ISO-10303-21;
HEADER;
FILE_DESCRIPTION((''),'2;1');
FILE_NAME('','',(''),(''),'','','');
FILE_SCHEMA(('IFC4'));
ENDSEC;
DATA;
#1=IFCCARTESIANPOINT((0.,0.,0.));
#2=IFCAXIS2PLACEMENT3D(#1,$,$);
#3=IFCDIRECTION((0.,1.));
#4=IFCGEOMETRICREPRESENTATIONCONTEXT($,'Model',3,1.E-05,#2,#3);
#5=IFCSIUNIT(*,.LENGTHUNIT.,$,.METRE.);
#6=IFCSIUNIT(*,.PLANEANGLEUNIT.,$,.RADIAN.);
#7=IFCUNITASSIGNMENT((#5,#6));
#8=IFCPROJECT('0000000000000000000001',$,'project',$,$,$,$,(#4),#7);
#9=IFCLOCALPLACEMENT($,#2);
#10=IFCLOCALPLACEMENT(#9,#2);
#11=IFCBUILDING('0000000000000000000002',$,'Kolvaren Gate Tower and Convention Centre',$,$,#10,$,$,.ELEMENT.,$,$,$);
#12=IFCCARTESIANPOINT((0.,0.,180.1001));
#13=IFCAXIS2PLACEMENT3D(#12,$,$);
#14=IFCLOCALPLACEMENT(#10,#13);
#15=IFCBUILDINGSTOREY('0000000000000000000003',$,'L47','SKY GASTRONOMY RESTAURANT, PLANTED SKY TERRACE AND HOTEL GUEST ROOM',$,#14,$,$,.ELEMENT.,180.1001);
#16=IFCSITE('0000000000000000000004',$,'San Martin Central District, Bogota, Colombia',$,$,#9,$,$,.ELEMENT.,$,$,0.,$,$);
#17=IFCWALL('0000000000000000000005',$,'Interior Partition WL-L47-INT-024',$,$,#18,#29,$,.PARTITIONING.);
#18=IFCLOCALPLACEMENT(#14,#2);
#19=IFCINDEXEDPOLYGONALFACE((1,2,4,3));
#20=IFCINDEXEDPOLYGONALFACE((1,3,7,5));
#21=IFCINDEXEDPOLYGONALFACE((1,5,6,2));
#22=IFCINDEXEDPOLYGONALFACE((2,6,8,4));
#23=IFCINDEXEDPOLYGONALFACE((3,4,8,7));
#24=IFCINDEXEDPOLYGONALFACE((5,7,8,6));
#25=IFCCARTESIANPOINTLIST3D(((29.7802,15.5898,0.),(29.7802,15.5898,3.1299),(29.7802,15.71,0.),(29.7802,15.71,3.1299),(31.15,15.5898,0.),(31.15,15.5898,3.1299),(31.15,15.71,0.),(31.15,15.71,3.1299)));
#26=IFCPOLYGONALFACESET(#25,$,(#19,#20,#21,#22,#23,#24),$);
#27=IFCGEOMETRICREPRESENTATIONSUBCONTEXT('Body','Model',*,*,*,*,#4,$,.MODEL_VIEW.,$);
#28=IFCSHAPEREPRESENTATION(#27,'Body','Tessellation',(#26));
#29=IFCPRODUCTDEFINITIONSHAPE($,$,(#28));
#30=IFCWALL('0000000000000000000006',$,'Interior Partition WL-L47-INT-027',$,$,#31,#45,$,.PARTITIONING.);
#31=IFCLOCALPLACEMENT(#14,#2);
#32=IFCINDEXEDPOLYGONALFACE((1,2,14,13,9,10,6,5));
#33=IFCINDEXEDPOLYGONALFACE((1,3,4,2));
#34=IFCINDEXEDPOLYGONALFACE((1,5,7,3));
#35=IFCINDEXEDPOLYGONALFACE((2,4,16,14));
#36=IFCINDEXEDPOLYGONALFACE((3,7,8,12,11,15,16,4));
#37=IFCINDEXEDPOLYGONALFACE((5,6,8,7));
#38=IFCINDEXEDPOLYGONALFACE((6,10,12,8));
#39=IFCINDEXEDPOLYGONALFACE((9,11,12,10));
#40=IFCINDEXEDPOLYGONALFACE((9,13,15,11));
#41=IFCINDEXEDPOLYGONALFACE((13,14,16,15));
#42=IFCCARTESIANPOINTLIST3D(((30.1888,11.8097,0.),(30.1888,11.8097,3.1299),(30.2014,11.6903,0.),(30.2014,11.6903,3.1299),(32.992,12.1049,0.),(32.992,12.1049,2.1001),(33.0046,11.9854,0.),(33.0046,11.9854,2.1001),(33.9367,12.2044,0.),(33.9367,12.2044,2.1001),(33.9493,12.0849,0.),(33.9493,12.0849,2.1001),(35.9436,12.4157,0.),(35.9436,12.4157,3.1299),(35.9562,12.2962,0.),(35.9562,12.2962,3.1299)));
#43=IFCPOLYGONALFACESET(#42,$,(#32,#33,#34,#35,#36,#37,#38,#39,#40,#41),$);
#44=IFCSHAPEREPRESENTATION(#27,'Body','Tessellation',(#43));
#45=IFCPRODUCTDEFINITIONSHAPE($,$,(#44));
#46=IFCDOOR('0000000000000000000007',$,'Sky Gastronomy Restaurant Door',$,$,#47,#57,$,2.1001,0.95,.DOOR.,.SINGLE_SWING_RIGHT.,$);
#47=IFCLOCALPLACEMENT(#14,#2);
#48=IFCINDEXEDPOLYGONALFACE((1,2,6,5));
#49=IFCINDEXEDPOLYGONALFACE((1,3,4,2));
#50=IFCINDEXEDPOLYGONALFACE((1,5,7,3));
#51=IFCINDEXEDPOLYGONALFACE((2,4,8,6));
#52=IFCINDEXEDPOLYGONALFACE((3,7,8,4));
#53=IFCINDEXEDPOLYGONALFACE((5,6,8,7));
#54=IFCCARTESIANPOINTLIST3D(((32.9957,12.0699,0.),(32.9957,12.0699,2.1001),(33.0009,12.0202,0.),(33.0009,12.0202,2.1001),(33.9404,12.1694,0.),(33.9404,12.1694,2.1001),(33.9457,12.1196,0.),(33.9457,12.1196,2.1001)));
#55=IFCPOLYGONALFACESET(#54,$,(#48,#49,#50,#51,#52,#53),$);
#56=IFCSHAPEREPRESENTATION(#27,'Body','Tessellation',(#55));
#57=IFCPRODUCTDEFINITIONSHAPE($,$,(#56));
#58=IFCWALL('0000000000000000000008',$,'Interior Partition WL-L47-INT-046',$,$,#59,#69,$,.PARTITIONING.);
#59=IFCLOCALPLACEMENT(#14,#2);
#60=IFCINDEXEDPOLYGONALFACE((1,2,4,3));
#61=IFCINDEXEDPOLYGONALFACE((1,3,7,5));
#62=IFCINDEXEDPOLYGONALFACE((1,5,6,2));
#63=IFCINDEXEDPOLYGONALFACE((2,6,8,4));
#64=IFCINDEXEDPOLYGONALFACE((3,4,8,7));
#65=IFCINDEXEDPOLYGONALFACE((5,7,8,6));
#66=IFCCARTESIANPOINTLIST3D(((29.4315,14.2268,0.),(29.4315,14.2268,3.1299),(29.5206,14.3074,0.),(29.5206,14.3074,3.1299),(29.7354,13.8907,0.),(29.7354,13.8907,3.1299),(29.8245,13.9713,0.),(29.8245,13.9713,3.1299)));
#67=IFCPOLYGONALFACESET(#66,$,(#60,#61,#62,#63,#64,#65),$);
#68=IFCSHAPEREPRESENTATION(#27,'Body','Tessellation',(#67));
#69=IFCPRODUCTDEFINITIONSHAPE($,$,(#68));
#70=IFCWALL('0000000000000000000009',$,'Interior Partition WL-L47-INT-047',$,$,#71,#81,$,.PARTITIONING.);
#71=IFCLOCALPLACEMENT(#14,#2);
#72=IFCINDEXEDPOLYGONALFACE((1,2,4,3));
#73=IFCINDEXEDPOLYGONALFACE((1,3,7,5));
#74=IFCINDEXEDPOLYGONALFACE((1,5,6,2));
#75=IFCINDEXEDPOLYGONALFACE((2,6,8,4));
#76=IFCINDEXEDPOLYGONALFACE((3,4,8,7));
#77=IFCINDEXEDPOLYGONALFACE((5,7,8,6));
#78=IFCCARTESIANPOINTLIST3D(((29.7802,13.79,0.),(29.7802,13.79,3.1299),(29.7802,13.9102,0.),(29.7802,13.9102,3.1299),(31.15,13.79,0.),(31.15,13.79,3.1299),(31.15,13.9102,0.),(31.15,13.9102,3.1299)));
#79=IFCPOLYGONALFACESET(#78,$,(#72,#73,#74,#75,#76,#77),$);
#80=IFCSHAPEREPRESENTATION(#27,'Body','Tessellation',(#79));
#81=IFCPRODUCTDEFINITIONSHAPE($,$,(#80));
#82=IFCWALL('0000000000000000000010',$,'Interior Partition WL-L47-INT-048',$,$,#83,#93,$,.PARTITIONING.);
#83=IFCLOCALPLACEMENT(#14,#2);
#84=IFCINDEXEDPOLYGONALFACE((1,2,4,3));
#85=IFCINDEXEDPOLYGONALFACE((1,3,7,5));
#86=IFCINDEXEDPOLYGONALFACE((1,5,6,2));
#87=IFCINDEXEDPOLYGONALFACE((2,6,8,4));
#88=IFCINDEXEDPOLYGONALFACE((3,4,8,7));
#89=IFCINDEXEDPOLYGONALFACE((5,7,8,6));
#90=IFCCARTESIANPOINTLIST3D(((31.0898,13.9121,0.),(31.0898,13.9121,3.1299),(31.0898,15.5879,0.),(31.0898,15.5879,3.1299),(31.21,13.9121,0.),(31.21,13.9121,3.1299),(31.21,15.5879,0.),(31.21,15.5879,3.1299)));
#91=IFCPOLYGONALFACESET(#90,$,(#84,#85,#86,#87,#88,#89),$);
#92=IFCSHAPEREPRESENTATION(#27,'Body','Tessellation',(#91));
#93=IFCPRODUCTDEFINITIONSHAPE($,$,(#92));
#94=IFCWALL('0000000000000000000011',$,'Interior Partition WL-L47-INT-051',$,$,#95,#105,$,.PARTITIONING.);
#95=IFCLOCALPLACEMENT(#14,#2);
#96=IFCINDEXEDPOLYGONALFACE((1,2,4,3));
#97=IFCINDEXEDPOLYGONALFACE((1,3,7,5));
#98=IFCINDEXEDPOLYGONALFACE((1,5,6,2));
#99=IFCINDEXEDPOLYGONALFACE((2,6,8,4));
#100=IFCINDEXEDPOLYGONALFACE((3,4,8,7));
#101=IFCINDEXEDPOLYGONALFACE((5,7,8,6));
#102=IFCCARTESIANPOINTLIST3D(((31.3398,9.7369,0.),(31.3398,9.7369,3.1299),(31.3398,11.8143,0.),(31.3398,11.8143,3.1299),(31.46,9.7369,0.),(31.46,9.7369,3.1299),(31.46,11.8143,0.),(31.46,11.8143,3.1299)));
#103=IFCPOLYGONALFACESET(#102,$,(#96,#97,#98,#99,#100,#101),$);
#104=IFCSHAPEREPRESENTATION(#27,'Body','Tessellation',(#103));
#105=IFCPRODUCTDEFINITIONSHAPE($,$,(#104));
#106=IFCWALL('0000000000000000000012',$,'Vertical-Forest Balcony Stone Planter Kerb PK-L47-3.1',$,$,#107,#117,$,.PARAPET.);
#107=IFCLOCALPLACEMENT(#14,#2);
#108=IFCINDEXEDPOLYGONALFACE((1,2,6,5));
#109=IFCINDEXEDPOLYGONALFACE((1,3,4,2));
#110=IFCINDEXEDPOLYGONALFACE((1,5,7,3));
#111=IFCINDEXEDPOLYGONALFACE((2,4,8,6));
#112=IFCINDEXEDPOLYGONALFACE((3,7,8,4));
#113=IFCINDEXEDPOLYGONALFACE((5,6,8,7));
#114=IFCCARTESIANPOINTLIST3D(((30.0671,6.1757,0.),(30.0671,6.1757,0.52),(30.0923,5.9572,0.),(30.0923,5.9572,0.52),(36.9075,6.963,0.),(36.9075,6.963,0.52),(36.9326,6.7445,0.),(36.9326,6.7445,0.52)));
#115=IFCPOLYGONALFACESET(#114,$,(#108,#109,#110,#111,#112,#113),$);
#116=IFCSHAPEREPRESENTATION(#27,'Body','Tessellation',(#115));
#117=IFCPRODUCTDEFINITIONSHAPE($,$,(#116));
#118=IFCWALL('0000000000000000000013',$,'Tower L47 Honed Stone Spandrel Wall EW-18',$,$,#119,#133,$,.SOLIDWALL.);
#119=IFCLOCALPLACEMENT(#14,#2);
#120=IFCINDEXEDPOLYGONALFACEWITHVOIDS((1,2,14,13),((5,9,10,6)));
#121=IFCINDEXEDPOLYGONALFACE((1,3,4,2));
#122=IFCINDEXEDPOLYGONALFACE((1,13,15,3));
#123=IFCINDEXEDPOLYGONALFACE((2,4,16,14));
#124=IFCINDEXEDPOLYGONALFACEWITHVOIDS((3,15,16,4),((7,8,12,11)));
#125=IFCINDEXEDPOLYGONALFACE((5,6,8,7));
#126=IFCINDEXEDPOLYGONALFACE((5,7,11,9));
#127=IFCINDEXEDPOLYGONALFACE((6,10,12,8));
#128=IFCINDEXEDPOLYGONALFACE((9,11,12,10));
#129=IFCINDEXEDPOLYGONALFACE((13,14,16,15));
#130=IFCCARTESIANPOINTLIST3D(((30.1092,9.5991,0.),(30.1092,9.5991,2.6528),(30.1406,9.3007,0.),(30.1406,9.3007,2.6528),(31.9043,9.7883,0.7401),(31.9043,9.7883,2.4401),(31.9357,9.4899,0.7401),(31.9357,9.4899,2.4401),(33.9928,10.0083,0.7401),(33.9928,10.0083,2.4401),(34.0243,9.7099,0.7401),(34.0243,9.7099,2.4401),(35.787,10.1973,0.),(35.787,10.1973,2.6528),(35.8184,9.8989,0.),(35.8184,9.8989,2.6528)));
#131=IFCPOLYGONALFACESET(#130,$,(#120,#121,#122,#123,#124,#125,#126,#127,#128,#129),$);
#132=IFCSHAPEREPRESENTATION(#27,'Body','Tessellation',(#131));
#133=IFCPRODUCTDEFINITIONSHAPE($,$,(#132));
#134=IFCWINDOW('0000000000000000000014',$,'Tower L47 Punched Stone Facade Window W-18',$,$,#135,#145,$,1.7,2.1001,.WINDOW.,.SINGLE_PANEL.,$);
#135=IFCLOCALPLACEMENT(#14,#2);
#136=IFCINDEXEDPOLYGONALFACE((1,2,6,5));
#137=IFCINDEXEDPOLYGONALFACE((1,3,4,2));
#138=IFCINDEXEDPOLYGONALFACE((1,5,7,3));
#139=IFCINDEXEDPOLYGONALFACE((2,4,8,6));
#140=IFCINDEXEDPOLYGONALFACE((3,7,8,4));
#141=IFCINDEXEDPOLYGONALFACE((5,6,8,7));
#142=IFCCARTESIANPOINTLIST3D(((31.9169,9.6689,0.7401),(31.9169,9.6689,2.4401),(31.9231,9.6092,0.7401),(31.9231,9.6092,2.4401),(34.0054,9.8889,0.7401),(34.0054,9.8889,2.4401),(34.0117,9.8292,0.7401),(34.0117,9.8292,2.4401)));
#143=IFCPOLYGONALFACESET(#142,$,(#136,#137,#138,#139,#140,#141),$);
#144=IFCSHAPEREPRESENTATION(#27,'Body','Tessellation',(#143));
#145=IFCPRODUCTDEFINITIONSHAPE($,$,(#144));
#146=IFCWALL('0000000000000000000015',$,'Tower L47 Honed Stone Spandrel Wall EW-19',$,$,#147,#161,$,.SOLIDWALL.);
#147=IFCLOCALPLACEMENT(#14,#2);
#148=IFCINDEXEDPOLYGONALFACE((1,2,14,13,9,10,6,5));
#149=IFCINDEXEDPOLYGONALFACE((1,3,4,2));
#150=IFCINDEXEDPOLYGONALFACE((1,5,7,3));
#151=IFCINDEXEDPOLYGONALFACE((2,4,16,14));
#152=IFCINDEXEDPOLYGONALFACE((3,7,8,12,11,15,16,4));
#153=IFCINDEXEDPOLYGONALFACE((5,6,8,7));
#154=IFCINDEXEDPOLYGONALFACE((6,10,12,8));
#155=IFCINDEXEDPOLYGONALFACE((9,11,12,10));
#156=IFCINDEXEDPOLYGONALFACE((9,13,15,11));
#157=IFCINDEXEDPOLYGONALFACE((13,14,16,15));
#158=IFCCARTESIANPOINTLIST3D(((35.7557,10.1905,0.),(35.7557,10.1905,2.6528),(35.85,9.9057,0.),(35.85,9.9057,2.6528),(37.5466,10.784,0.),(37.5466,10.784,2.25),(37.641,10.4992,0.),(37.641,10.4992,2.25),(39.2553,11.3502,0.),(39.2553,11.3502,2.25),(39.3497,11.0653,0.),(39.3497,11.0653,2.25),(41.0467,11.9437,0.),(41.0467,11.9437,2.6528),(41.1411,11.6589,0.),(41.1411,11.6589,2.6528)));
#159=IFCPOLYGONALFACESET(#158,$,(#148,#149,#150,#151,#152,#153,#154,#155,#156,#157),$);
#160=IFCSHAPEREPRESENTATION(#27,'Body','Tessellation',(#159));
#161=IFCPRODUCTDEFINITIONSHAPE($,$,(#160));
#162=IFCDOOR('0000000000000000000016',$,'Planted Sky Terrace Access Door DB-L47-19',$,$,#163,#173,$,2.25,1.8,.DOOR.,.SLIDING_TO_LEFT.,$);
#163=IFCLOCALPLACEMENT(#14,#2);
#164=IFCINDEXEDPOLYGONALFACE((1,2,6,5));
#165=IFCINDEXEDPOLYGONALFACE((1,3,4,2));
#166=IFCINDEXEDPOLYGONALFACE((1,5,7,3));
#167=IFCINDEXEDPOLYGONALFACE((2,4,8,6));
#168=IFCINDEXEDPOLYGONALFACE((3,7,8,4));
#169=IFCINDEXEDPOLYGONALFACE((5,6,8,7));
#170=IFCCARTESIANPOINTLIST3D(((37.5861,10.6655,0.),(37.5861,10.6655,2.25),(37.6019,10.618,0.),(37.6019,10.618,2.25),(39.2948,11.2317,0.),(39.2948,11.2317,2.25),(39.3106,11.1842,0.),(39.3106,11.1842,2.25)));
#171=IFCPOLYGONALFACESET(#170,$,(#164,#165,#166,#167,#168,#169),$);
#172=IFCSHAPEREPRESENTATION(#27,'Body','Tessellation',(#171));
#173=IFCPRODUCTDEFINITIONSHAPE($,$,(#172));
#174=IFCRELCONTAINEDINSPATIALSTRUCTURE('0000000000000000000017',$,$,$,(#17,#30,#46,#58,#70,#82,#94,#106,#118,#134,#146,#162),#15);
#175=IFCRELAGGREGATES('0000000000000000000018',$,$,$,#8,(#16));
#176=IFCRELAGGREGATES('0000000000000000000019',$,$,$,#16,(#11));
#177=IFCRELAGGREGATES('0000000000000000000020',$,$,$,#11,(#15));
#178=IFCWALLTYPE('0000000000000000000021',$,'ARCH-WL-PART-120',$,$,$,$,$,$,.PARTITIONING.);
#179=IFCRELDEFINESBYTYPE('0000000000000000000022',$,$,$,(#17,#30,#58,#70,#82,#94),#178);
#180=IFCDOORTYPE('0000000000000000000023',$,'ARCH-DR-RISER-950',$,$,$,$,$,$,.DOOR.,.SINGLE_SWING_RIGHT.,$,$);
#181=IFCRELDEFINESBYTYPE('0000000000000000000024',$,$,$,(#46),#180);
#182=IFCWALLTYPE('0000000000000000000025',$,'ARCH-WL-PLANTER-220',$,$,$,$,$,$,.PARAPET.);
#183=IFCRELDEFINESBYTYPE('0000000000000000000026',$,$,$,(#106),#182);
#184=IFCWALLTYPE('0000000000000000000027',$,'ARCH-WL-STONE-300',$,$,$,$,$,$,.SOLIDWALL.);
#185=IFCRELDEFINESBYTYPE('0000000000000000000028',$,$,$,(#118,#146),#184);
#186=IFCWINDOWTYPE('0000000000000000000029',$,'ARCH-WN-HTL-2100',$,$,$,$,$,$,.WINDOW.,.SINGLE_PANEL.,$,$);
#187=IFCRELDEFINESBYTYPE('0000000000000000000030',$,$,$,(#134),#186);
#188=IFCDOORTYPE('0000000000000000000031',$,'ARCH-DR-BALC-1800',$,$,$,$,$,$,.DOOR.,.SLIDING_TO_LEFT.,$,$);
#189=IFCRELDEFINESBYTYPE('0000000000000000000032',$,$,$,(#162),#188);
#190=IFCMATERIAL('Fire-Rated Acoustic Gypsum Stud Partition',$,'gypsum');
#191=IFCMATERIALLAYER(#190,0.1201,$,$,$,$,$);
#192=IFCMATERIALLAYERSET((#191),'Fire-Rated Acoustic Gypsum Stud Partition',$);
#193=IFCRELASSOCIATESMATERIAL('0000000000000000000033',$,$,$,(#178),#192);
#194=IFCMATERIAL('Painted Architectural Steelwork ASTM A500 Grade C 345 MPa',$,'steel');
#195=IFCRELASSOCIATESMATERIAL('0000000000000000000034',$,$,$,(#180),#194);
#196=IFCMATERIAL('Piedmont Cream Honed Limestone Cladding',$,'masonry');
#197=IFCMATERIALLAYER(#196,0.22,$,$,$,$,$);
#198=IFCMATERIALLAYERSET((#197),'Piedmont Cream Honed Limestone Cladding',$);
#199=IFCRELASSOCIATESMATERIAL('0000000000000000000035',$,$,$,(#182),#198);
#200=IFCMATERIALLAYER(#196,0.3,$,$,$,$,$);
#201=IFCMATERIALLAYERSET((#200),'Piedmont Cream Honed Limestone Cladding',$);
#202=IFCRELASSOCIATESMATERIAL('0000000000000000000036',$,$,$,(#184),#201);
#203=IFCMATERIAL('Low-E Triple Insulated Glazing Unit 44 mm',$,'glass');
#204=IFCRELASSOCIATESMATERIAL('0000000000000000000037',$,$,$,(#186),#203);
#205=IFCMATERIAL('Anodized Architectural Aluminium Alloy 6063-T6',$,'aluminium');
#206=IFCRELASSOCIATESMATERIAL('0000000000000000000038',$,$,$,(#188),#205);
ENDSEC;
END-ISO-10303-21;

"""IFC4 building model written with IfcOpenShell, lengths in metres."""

from ifc_helpers import new_model, si_unit, direction, frame, frame_2d, origin, place, context, subcontext, project, spatial, rectangle, extrude, material, layer, layer_set, type_object, element, fill, save


model = new_model("IFC4")

# Units and contexts
model_context = context("Model", 3, precision=1e-05, world=origin(), true_north=direction((0.0, 1.0)))
body_context = subcontext(model_context, "Body", "Model", "MODEL_VIEW")
ifc_project = project(units=[si_unit("LENGTHUNIT", "METRE"), si_unit("PLANEANGLEUNIT", "RADIAN")], contexts=[model_context])

# Site, building, storey
site_placement = place(None, origin())
site = spatial("IfcSite", under=ifc_project, at=site_placement, Name="San Martin Central District, Bogota, Colombia", CompositionType="ELEMENT", RefElevation=0.0)
building_placement = place(site_placement, origin())
building = spatial("IfcBuilding", under=site, at=building_placement, Name="Kolvaren Gate Tower and Convention Centre", CompositionType="ELEMENT")
storey_placement = place(building_placement, frame((0.0, 0.0, 180.1001)))
storey = spatial("IfcBuildingStorey", under=building, at=storey_placement, Name="L47", Description="SKY GASTRONOMY RESTAURANT, PLANTED SKY TERRACE AND HOTEL GUEST ROOM", CompositionType="ELEMENT", Elevation=180.1001)

# Wall
ifc_material_1 = material(Name="Fire-Rated Acoustic Gypsum Stud Partition", Category="gypsum")
ifc_layer_1 = layer(ifc_material_1, 0.1201)
ifc_layer_set_1 = layer_set([ifc_layer_1], Name="Fire-Rated Acoustic Gypsum Stud Partition")
wall_type_1 = type_object("IfcWallType", Name="ARCH-WL-PART-120", PredefinedType="PARTITIONING", material=ifc_layer_set_1)
wall_1_placement = place(storey_placement, frame((29.78, 15.6499, 0.0), z_axis=(0.0, 0.0, 1.0), x_axis=(1.0, 0.0, 0.0)))
element("IfcWall", 1, at=wall_1_placement, inside=storey, type_object=wall_type_1, Name="Interior Partition WL-L47-INT-024", PredefinedType="PARTITIONING", context=body_context, shape_type="SweptSolid", body=[
    extrude(rectangle(XDim=1.3699, YDim=0.1201, at=frame_2d((0.6851, 0.0))), origin(), (0.0, 0.0, 1.0), 3.1299),
])

# Wall, opening, door
wall_2_placement = place(storey_placement, frame((30.1951, 11.75, 0.0), z_axis=(0.0, 0.0, 1.0), x_axis=(0.994502, 0.104716, 0.0)))
wall_2 = element("IfcWall", 2, at=wall_2_placement, inside=storey, type_object=wall_type_1, Name="Interior Partition WL-L47-INT-027", PredefinedType="PARTITIONING", context=body_context, shape_type="SweptSolid", body=[
    extrude(rectangle(XDim=5.7866, YDim=0.1201, at=frame_2d((2.8933, 0.0))), origin(), (0.0, 0.0, 1.0), 3.1299),
])
opening_1_placement = place(wall_2_placement, frame((2.8186, 0.0, 0.0)))
opening_1 = element("IfcOpeningElement", 3, at=opening_1_placement, cuts=wall_2, PredefinedType="OPENING", context=body_context, shape_type="SweptSolid", body=[
    extrude(rectangle(XDim=0.95, YDim=2.1001, at=frame_2d((0.4751, 1.05))), frame((0.0, 0.0701, 0.0), z_axis=(0.0, -1.0, 0.0), x_axis=(1.0, 0.0, 0.0)), (0.0, 0.0, 1.0), 0.1401),
])
ifc_material_2 = material(Name="Painted Architectural Steelwork ASTM A500 Grade C 345 MPa", Category="steel")
door_type_1 = type_object("IfcDoorType", Name="ARCH-DR-RISER-950", OperationType="SINGLE_SWING_RIGHT", PredefinedType="DOOR", material=ifc_material_2)
door_1_placement = place(opening_1_placement, origin())
door_1 = element("IfcDoor", 4, at=door_1_placement, inside=storey, type_object=door_type_1, Name="Sky Gastronomy Restaurant Door", OperationType="SINGLE_SWING_RIGHT", OverallHeight=2.1001, OverallWidth=0.95, PredefinedType="DOOR", context=body_context, shape_type="SweptSolid", body=[
    extrude(rectangle(XDim=0.95, YDim=2.1001, at=frame_2d((0.4751, 1.05))), frame((0.0, 0.0249, 0.0), z_axis=(0.0, -1.0, 0.0), x_axis=(1.0, 0.0, 0.0)), (0.0, 0.0, 1.0), 0.05),
])
fill(opening_1, door_1)

# Walls
wall_3_placement = place(storey_placement, frame((29.4761, 14.2671, 0.0), z_axis=(0.0, 0.0, 1.0), x_axis=(0.670659, -0.741765, 0.0)))
element("IfcWall", 5, at=wall_3_placement, inside=storey, type_object=wall_type_1, Name="Interior Partition WL-L47-INT-046", PredefinedType="PARTITIONING", context=body_context, shape_type="SweptSolid", body=[
    extrude(rectangle(XDim=0.4531, YDim=0.1201, at=frame_2d((0.2266, 0.0))), origin(), (0.0, 0.0, 1.0), 3.1299),
])
wall_4_placement = place(storey_placement, frame((29.78, 13.8501, 0.0), z_axis=(0.0, 0.0, 1.0), x_axis=(1.0, 0.0, 0.0)))
element("IfcWall", 6, at=wall_4_placement, inside=storey, type_object=wall_type_1, Name="Interior Partition WL-L47-INT-047", PredefinedType="PARTITIONING", context=body_context, shape_type="SweptSolid", body=[
    extrude(rectangle(XDim=1.3699, YDim=0.1201, at=frame_2d((0.6851, 0.0))), origin(), (0.0, 0.0, 1.0), 3.1299),
])
wall_5_placement = place(storey_placement, frame((31.1499, 13.9121, 0.0), z_axis=(0.0, 0.0, 1.0), x_axis=(0.0, 1.0, 0.0)))
element("IfcWall", 7, at=wall_5_placement, inside=storey, type_object=wall_type_1, Name="Interior Partition WL-L47-INT-048", PredefinedType="PARTITIONING", context=body_context, shape_type="SweptSolid", body=[
    extrude(rectangle(XDim=1.6758, YDim=0.1201, at=frame_2d((0.8379, 0.0))), origin(), (0.0, 0.0, 1.0), 3.1299),
])
wall_6_placement = place(storey_placement, frame((31.3999, 9.7371, 0.0), z_axis=(0.0, 0.0, 1.0), x_axis=(0.0, 1.0, 0.0)))
element("IfcWall", 8, at=wall_6_placement, inside=storey, type_object=wall_type_1, Name="Interior Partition WL-L47-INT-051", PredefinedType="PARTITIONING", context=body_context, shape_type="SweptSolid", body=[
    extrude(rectangle(XDim=2.0774, YDim=0.1201, at=frame_2d((1.0386, 0.0))), origin(), (0.0, 0.0, 1.0), 3.1299),
])
ifc_material_3 = material(Name="Piedmont Cream Honed Limestone Cladding", Category="masonry")
ifc_layer_2 = layer(ifc_material_3, 0.22)
ifc_layer_set_2 = layer_set([ifc_layer_2], Name="Piedmont Cream Honed Limestone Cladding")
wall_type_2 = type_object("IfcWallType", Name="ARCH-WL-PLANTER-220", PredefinedType="PARAPET", material=ifc_layer_set_2)
wall_7_placement = place(storey_placement, frame((30.0796, 6.0664, 0.0), z_axis=(0.0, 0.0, 1.0), x_axis=(0.993441, 0.11435, 0.0)))
element("IfcWall", 9, at=wall_7_placement, inside=storey, type_object=wall_type_2, Name="Vertical-Forest Balcony Stone Planter Kerb PK-L47-3.1", PredefinedType="PARAPET", context=body_context, shape_type="SweptSolid", body=[
    extrude(rectangle(XDim=6.8855, YDim=0.22, at=frame_2d((3.4429, 0.0))), origin(), (0.0, 0.0, 1.0), 0.52),
])

# Wall, opening, window
ifc_layer_3 = layer(ifc_material_3, 0.3)
ifc_layer_set_3 = layer_set([ifc_layer_3], Name="Piedmont Cream Honed Limestone Cladding")
wall_type_3 = type_object("IfcWallType", Name="ARCH-WL-STONE-300", PredefinedType="SOLIDWALL", material=ifc_layer_set_3)
wall_8_placement = place(storey_placement, frame((30.125, 9.45, 0.0), z_axis=(0.0, 0.0, 1.0), x_axis=(0.994497, 0.104769, 0.0)))
wall_8 = element("IfcWall", 10, at=wall_8_placement, inside=storey, type_object=wall_type_3, Name="Tower L47 Honed Stone Spandrel Wall EW-18", PredefinedType="SOLIDWALL", context=body_context, shape_type="SweptSolid", body=[
    extrude(rectangle(XDim=5.7092, YDim=0.3, at=frame_2d((2.8545, 0.0))), origin(), (0.0, 0.0, 1.0), 2.6528),
])
opening_2_placement = place(wall_8_placement, frame((1.8049, 0.0, 0.74)))
opening_2 = element("IfcOpeningElement", 11, at=opening_2_placement, cuts=wall_8, PredefinedType="OPENING", context=body_context, shape_type="SweptSolid", body=[
    extrude(rectangle(XDim=2.1001, YDim=1.7, at=frame_2d((1.05, 0.8501))), frame((0.0, 0.1599, 0.0), z_axis=(0.0, -1.0, 0.0), x_axis=(1.0, 0.0, 0.0)), (0.0, 0.0, 1.0), 0.3201),
])
ifc_material_4 = material(Name="Low-E Triple Insulated Glazing Unit 44 mm", Category="glass")
window_type = type_object("IfcWindowType", Name="ARCH-WN-HTL-2100", PartitioningType="SINGLE_PANEL", PredefinedType="WINDOW", material=ifc_material_4)
window_placement = place(opening_2_placement, origin())
window = element("IfcWindow", 12, at=window_placement, inside=storey, type_object=window_type, Name="Tower L47 Punched Stone Facade Window W-18", OverallHeight=1.7, OverallWidth=2.1001, PartitioningType="SINGLE_PANEL", PredefinedType="WINDOW", context=body_context, shape_type="SweptSolid", body=[
    extrude(rectangle(XDim=2.1001, YDim=1.7, at=frame_2d((1.05, 0.8501))), frame((0.0, 0.03, 0.0), z_axis=(0.0, -1.0, 0.0), x_axis=(1.0, 0.0, 0.0)), (0.0, 0.0, 1.0), 0.0601),
])
fill(opening_2, window)

# Wall, opening, door
wall_9_placement = place(storey_placement, frame((35.8027, 10.0481, 0.0), z_axis=(0.0, 0.0, 1.0), x_axis=(0.949247, 0.314532, 0.0)))
wall_9 = element("IfcWall", 13, at=wall_9_placement, inside=storey, type_object=wall_type_3, Name="Tower L47 Honed Stone Spandrel Wall EW-19", PredefinedType="SOLIDWALL", context=body_context, shape_type="SweptSolid", body=[
    extrude(rectangle(XDim=5.574, YDim=0.3, at=frame_2d((2.7871, 0.0))), origin(), (0.0, 0.0, 1.0), 2.6528),
])
opening_3_placement = place(wall_9_placement, frame((1.887, 0.0, 0.0)))
opening_3 = element("IfcOpeningElement", 14, at=opening_3_placement, cuts=wall_9, PredefinedType="OPENING", context=body_context, shape_type="SweptSolid", body=[
    extrude(rectangle(XDim=1.8, YDim=2.25, at=frame_2d((0.8999, 1.125))), frame((0.0, 0.1599, 0.0), z_axis=(0.0, -1.0, 0.0), x_axis=(1.0, 0.0, 0.0)), (0.0, 0.0, 1.0), 0.3201),
])
ifc_material_5 = material(Name="Anodized Architectural Aluminium Alloy 6063-T6", Category="aluminium")
door_type_2 = type_object("IfcDoorType", Name="ARCH-DR-BALC-1800", OperationType="SLIDING_TO_LEFT", PredefinedType="DOOR", material=ifc_material_5)
door_2_placement = place(opening_3_placement, frame((1.8, 0.0, 0.0), z_axis=(0.0, 0.0, 1.0), x_axis=(-1.0, 0.0, 0.0)))
door_2 = element("IfcDoor", 15, at=door_2_placement, inside=storey, type_object=door_type_2, Name="Planted Sky Terrace Access Door DB-L47-19", OperationType="SLIDING_TO_LEFT", OverallHeight=2.25, OverallWidth=1.8, PredefinedType="DOOR", context=body_context, shape_type="SweptSolid", body=[
    extrude(rectangle(XDim=1.8, YDim=2.25, at=frame_2d((0.8999, 1.125))), frame((0.0, 0.0249, 0.0), z_axis=(0.0, -1.0, 0.0), x_axis=(1.0, 0.0, 0.0)), (0.0, 0.0, 1.0), 0.05),
])
fill(opening_3, door_2)

save(model, "model.ifc")
